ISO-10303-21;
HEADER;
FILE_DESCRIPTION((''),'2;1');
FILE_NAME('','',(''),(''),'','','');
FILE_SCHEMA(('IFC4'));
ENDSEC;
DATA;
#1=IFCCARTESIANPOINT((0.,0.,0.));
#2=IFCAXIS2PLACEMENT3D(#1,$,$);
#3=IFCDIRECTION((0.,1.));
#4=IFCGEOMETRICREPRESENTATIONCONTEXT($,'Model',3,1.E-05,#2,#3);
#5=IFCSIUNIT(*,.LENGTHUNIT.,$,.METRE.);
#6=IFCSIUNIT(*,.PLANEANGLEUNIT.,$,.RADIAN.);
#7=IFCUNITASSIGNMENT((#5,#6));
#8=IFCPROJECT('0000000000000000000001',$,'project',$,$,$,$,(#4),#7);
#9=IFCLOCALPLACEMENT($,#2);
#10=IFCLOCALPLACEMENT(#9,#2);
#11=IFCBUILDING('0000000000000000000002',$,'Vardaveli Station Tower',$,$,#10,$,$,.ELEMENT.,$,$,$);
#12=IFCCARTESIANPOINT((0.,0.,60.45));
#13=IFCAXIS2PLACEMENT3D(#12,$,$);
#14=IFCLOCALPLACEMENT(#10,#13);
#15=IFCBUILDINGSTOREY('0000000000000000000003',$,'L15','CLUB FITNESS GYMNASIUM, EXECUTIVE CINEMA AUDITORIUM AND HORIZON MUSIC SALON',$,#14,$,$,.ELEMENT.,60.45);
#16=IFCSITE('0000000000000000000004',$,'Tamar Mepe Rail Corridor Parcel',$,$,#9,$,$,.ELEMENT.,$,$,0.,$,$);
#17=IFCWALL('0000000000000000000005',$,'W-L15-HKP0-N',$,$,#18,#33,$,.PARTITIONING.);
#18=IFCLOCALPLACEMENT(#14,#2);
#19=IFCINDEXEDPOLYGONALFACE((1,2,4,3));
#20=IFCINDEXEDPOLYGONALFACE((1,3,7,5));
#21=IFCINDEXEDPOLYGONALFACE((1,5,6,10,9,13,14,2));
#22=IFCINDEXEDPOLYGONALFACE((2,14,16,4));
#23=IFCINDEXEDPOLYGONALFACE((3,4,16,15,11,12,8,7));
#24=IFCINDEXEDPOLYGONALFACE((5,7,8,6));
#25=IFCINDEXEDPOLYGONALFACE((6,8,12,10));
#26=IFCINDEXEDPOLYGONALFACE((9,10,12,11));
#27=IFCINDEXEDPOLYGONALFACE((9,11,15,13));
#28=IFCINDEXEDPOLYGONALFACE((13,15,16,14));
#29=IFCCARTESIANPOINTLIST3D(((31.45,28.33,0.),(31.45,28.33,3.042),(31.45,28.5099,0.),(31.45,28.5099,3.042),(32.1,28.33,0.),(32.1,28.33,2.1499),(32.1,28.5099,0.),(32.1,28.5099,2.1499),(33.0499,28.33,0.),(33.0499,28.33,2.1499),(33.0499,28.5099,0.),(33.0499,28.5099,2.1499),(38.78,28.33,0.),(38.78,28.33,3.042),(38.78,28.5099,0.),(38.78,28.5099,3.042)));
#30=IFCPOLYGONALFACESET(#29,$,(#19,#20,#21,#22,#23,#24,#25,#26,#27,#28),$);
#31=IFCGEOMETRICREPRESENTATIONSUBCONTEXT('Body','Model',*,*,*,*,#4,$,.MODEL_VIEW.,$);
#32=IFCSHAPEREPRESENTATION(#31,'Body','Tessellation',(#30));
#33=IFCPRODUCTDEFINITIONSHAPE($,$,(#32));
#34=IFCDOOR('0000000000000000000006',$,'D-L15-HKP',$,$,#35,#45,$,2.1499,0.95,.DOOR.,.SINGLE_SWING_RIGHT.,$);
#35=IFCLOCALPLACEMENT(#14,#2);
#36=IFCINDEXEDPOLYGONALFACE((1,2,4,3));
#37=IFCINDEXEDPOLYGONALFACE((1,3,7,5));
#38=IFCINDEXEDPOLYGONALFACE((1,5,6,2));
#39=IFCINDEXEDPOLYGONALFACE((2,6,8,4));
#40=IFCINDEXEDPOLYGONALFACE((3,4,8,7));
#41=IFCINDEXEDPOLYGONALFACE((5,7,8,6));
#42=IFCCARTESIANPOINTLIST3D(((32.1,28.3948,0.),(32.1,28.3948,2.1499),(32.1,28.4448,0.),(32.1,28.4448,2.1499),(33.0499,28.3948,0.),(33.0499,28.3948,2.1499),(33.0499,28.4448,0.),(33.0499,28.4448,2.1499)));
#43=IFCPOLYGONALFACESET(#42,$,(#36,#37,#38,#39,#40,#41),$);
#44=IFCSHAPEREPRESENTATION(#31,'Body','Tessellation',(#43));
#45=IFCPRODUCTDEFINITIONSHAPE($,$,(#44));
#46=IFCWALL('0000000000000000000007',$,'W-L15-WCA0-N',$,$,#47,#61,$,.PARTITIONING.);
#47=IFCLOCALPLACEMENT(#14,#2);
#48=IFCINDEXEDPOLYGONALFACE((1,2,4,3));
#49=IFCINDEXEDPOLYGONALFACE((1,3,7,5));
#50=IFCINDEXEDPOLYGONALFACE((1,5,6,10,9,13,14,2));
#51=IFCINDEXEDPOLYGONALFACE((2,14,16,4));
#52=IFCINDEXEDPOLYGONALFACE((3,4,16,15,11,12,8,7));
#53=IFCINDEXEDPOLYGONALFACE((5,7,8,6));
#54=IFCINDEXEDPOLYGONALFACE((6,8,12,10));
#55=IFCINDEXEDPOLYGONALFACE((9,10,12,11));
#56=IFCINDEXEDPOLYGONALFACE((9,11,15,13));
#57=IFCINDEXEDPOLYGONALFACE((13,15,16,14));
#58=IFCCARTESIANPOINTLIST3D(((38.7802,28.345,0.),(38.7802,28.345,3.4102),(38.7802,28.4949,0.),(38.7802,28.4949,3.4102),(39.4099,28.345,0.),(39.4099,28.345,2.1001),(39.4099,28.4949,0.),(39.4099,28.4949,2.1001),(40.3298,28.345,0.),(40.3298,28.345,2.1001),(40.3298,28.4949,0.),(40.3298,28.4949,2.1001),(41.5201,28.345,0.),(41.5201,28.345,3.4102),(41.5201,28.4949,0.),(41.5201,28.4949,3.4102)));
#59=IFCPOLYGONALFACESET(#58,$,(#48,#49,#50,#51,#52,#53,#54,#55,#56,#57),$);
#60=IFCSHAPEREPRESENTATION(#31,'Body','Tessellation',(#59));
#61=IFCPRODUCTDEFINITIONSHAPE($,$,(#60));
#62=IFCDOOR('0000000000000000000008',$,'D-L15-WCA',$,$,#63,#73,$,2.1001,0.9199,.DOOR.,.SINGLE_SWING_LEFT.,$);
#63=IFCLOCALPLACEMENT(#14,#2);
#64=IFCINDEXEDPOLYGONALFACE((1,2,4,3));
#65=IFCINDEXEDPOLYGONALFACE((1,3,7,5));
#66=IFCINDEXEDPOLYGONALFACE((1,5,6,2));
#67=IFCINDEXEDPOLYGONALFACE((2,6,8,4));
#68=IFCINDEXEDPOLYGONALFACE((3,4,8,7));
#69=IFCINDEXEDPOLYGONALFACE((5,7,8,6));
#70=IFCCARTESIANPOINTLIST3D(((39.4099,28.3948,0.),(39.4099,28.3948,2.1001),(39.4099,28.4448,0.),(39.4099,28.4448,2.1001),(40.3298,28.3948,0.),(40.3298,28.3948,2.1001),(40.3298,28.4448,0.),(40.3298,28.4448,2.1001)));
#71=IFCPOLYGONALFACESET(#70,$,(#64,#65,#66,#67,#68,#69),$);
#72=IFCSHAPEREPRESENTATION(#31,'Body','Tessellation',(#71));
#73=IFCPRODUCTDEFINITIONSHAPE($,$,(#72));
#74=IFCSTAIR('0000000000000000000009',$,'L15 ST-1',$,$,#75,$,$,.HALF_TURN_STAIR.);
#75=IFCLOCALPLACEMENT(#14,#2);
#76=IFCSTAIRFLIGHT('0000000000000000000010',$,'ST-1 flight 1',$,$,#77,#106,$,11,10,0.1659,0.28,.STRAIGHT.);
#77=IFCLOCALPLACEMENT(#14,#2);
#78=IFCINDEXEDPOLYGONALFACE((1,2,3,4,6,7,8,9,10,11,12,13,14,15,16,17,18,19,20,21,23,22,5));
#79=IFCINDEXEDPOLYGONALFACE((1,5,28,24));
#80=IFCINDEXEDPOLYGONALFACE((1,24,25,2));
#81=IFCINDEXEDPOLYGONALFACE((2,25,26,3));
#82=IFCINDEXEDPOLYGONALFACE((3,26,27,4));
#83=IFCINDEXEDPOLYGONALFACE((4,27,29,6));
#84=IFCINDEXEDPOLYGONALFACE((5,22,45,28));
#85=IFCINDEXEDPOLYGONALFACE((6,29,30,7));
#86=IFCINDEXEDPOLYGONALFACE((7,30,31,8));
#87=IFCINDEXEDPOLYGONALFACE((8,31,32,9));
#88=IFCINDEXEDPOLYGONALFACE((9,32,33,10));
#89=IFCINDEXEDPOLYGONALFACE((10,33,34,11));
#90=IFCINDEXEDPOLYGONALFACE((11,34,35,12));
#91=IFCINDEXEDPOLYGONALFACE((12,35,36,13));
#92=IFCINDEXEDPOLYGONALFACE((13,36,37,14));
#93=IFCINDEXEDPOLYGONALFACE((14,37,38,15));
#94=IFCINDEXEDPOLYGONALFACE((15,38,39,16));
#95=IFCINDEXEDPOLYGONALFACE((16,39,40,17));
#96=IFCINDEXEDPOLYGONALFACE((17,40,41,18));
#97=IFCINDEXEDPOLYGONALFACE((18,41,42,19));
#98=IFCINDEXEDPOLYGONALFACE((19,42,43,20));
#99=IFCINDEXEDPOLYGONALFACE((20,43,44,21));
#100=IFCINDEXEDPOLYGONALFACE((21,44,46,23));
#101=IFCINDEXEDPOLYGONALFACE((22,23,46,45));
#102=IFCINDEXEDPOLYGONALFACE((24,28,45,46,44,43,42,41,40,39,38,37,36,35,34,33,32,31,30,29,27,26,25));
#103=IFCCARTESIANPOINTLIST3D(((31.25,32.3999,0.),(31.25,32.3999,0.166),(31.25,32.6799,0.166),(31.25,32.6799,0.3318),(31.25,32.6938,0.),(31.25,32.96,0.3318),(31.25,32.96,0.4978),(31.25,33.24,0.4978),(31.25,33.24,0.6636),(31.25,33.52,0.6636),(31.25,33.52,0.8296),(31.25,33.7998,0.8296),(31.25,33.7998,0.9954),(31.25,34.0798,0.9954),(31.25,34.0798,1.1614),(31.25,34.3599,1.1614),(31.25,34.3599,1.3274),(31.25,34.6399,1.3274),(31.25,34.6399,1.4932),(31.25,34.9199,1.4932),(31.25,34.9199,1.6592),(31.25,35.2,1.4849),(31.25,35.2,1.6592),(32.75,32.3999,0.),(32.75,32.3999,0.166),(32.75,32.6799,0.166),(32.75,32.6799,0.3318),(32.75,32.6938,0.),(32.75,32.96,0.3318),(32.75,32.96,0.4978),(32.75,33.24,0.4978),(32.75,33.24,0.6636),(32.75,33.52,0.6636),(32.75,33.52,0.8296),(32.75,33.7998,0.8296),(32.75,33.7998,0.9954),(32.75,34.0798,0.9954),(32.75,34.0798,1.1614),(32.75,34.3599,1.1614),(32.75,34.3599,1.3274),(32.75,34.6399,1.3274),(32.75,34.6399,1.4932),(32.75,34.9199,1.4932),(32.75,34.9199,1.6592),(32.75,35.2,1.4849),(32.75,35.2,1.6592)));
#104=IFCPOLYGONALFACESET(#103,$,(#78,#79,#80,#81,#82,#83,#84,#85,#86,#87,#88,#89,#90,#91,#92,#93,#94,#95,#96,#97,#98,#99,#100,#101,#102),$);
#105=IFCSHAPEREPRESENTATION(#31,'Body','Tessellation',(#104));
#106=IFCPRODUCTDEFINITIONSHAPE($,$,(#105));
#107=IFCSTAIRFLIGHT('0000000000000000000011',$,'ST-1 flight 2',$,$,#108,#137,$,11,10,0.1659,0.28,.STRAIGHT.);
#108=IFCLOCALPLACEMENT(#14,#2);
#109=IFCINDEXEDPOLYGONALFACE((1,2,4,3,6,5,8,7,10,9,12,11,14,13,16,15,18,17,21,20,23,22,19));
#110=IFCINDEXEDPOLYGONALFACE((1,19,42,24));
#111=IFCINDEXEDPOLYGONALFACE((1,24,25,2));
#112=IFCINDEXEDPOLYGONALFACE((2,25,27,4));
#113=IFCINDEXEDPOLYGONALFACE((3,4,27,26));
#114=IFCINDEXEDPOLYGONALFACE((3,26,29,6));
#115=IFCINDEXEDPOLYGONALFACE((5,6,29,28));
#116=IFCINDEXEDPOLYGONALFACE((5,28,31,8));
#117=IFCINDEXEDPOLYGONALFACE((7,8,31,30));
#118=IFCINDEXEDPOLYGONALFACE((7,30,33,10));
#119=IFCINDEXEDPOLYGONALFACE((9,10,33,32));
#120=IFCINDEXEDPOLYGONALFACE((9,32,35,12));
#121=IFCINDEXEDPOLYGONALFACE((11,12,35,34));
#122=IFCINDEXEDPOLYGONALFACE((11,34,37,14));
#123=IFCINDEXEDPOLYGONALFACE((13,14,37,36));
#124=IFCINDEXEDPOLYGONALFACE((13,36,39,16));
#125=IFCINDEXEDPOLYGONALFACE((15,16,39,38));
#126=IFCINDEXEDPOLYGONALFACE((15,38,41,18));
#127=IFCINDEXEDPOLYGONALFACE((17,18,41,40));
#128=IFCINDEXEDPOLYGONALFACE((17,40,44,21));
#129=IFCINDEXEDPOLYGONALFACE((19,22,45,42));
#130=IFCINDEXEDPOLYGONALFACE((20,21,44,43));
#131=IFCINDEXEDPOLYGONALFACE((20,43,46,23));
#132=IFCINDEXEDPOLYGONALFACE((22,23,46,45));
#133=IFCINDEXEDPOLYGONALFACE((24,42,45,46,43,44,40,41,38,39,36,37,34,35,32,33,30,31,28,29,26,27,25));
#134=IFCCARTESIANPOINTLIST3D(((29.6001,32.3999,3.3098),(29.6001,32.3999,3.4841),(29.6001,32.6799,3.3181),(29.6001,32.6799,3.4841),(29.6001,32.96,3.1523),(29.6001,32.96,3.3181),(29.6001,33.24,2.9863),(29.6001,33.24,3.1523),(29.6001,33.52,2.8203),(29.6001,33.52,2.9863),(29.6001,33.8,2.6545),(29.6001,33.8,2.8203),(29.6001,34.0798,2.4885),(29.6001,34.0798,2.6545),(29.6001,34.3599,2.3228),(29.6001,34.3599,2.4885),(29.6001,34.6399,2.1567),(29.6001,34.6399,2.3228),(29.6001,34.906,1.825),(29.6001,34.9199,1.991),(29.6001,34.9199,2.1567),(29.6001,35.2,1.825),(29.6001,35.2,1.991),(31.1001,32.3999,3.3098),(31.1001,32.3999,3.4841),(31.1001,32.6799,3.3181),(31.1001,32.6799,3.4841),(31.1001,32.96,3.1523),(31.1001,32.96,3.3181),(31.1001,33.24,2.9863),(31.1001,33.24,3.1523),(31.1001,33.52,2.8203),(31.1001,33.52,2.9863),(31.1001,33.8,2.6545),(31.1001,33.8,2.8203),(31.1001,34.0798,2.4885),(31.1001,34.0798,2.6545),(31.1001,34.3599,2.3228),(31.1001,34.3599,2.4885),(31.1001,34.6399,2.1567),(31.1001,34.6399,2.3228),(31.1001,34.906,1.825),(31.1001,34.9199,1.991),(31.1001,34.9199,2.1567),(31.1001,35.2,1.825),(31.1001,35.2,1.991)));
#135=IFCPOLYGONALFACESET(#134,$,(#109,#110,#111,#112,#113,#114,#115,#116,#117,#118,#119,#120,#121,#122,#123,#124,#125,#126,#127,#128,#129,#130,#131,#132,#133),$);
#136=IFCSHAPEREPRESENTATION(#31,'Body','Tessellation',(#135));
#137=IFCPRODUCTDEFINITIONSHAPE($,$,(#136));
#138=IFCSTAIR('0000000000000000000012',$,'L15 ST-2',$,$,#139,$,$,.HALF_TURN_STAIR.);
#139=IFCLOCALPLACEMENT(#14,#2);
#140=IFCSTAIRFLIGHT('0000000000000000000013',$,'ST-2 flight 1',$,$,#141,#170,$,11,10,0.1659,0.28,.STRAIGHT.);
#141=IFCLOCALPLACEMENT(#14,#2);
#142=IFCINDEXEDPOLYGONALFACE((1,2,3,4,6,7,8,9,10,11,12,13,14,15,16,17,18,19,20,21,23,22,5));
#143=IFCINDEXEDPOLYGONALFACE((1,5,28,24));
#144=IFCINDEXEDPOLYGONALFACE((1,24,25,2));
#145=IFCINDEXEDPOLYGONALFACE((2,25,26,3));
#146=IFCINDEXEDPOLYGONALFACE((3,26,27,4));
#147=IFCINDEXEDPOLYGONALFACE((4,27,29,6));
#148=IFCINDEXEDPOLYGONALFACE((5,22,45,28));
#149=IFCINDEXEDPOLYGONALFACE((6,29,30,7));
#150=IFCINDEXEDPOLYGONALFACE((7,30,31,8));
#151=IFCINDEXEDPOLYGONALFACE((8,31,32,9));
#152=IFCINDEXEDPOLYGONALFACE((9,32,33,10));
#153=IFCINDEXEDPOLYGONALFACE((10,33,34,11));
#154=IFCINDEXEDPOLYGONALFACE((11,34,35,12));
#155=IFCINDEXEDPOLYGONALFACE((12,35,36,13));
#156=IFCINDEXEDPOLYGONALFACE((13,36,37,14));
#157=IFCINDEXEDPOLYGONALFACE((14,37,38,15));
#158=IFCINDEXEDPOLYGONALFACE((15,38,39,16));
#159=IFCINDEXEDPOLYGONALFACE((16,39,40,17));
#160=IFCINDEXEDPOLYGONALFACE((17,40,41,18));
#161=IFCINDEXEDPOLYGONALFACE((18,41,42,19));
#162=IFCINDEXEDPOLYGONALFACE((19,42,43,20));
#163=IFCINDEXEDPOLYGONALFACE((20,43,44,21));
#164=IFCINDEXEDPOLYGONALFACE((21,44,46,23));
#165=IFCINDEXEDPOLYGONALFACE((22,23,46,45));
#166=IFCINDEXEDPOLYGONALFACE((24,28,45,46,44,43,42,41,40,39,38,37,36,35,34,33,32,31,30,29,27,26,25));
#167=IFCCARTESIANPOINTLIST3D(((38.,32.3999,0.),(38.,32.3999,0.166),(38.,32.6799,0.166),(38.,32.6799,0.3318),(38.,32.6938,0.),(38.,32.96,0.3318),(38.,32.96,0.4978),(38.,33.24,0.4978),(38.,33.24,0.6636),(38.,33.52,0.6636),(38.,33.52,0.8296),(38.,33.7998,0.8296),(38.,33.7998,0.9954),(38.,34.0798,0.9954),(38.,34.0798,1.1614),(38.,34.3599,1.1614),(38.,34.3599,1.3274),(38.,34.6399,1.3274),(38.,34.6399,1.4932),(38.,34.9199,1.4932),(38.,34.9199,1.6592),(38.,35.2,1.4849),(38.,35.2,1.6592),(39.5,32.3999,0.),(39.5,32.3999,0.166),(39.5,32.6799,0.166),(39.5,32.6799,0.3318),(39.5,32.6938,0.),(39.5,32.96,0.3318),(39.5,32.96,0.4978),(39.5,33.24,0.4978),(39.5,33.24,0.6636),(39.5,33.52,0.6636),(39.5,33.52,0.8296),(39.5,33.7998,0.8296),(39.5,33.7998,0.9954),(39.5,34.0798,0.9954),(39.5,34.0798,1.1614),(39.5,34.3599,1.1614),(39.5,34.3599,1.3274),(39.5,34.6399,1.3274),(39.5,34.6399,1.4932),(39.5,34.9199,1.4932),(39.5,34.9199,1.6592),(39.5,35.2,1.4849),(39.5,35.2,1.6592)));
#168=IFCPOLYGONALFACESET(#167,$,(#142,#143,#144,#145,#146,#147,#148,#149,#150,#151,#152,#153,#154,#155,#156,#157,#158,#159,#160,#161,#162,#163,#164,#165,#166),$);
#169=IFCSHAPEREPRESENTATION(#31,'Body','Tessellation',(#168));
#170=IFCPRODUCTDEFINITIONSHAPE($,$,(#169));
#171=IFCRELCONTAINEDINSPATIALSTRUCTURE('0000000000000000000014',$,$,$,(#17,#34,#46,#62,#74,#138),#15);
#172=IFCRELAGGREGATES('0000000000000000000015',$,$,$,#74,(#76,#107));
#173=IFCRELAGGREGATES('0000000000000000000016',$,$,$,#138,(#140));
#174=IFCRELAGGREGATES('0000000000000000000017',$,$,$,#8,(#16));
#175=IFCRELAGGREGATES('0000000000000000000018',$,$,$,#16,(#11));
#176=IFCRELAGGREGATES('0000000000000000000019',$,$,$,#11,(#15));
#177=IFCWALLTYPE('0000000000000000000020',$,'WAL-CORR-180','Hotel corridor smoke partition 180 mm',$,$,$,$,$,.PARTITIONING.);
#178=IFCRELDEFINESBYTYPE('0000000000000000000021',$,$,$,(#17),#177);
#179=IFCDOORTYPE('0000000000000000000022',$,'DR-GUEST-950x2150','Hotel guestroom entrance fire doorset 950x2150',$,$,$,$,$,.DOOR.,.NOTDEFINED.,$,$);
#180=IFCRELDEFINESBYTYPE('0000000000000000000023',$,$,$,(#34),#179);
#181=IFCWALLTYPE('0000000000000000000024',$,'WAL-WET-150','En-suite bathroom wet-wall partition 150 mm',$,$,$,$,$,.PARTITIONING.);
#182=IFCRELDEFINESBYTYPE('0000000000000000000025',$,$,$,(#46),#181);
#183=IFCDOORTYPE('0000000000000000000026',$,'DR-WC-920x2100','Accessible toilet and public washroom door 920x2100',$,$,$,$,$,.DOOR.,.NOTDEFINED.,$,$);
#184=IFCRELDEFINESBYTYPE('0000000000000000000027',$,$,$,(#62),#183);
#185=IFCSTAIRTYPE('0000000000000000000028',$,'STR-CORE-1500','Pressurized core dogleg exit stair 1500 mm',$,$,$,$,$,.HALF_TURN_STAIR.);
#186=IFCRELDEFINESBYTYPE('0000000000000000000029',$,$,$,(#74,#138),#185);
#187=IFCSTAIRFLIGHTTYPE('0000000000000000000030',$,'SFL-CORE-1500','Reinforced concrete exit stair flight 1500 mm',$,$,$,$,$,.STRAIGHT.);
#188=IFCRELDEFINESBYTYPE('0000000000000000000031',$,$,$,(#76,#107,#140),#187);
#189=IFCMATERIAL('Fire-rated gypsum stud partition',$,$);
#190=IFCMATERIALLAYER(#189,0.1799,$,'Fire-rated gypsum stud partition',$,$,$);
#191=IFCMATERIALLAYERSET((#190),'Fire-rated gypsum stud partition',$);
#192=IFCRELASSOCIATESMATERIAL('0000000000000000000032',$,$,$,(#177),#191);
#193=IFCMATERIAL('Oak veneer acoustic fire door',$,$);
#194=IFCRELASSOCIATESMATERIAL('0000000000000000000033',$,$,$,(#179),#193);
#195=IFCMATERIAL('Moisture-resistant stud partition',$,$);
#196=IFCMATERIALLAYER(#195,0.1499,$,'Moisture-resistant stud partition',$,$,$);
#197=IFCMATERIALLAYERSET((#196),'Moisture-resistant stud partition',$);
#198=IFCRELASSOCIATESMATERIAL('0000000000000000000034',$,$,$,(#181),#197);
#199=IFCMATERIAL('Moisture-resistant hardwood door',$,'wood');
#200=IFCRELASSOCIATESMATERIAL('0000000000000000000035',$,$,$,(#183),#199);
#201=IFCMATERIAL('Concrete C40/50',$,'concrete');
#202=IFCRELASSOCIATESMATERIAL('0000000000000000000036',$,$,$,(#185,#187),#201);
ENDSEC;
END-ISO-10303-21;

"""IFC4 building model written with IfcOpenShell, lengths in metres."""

from ifc_helpers import new_model, si_unit, direction, frame, frame_2d, origin, place, context, subcontext, project, spatial, polyline, rectangle, outline, extrude, source, transform, mapped, material, layer, layer_set, type_object, element, fill, aggregate, save


model = new_model("IFC4")

# Units and contexts
model_context = context("Model", 3, precision=1e-05, world=origin(), true_north=direction((0.0, 1.0)))
body_context = subcontext(model_context, "Body", "Model", "MODEL_VIEW")
ifc_project = project(units=[si_unit("LENGTHUNIT", "METRE"), si_unit("PLANEANGLEUNIT", "RADIAN")], contexts=[model_context])

# Site, building, storey
site_placement = place(None, origin())
site = spatial("IfcSite", under=ifc_project, at=site_placement, Name="Tamar Mepe Rail Corridor Parcel", CompositionType="ELEMENT", RefElevation=0.0)
building_placement = place(site_placement, origin())
building = spatial("IfcBuilding", under=site, at=building_placement, Name="Vardaveli Station Tower", CompositionType="ELEMENT")
storey_placement = place(building_placement, frame((0.0, 0.0, 60.45)))
storey = spatial("IfcBuildingStorey", under=building, at=storey_placement, Name="L15", Description="CLUB FITNESS GYMNASIUM, EXECUTIVE CINEMA AUDITORIUM AND HORIZON MUSIC SALON", CompositionType="ELEMENT", Elevation=60.45)

# Shared definitions
ifc_material_1 = material(Name="Concrete C40/50", Category="concrete")

# Walls, openings, doors
ifc_material_2 = material(Name="Fire-rated gypsum stud partition")
ifc_layer_1 = layer(ifc_material_2, 0.1799, Name="Fire-rated gypsum stud partition")
ifc_layer_set_1 = layer_set([ifc_layer_1], Name="Fire-rated gypsum stud partition")
wall_type_1 = type_object("IfcWallType", Name="WAL-CORR-180", Description="Hotel corridor smoke partition 180 mm", PredefinedType="PARTITIONING", material=ifc_layer_set_1)
shared_shape_1 = source(origin(), body_context, "Body", "SweptSolid", [
    extrude(rectangle(XDim=7.3301, YDim=0.1799, at=frame_2d((3.665, 0.0))), origin(), (0.0, 0.0, 1.0), 3.042),
])
wall_1_placement = place(storey_placement, frame((31.45, 28.4199, 0.0), z_axis=(0.0, 0.0, 1.0), x_axis=(1.0, 0.0, 0.0)))
wall_1 = element("IfcWall", 1, at=wall_1_placement, inside=storey, type_object=wall_type_1, Name="W-L15-HKP0-N", PredefinedType="PARTITIONING", context=body_context, shape_type="MappedRepresentation", body=[
    mapped(shared_shape_1, transform((0.0, 0.0, 0.0), scale=1.0)),
])
shared_shape_2 = source(origin(), body_context, "Body", "SweptSolid", [
    extrude(rectangle(XDim=0.95, YDim=2.1499, at=frame_2d((0.4751, 1.075))), frame((0.0, 0.1001, 0.0), z_axis=(0.0, -1.0, 0.0), x_axis=(1.0, 0.0, 0.0)), (0.0, 0.0, 1.0), 0.2),
])
opening_1_placement = place(wall_1_placement, frame((0.6499, 0.0, 0.0)))
opening_1 = element("IfcOpeningElement", 2, at=opening_1_placement, cuts=wall_1, PredefinedType="OPENING", context=body_context, shape_type="MappedRepresentation", body=[
    mapped(shared_shape_2, transform((0.0, 0.0, 0.0), scale=1.0)),
])
ifc_material_3 = material(Name="Oak veneer acoustic fire door")
door_type_1 = type_object("IfcDoorType", Name="DR-GUEST-950x2150", Description="Hotel guestroom entrance fire doorset 950x2150", OperationType="NOTDEFINED", PredefinedType="DOOR", material=ifc_material_3)
shared_shape_3 = source(origin(), body_context, "Body", "SweptSolid", [
    extrude(rectangle(XDim=0.95, YDim=2.1499, at=frame_2d((0.4751, 1.075))), frame((0.0, 0.0249, 0.0), z_axis=(0.0, -1.0, 0.0), x_axis=(1.0, 0.0, 0.0)), (0.0, 0.0, 1.0), 0.05),
])
door_1_placement = place(opening_1_placement, origin())
door_1 = element("IfcDoor", 3, at=door_1_placement, inside=storey, type_object=door_type_1, Name="D-L15-HKP", OperationType="SINGLE_SWING_RIGHT", OverallHeight=2.1499, OverallWidth=0.95, PredefinedType="DOOR", context=body_context, shape_type="MappedRepresentation", body=[
    mapped(shared_shape_3, transform((0.0, 0.0, 0.0), scale=1.0)),
])
fill(opening_1, door_1)
ifc_material_4 = material(Name="Moisture-resistant stud partition")
ifc_layer_2 = layer(ifc_material_4, 0.1499, Name="Moisture-resistant stud partition")
ifc_layer_set_2 = layer_set([ifc_layer_2], Name="Moisture-resistant stud partition")
wall_type_2 = type_object("IfcWallType", Name="WAL-WET-150", Description="En-suite bathroom wet-wall partition 150 mm", PredefinedType="PARTITIONING", material=ifc_layer_set_2)
shared_shape_4 = source(origin(), body_context, "Body", "SweptSolid", [
    extrude(rectangle(XDim=2.74, YDim=0.1499, at=frame_2d((1.3701, 0.0))), origin(), (0.0, 0.0, 1.0), 3.4102),
])
wall_2_placement = place(storey_placement, frame((38.78, 28.4199, 0.0), z_axis=(0.0, 0.0, 1.0), x_axis=(1.0, 0.0, 0.0)))
wall_2 = element("IfcWall", 4, at=wall_2_placement, inside=storey, type_object=wall_type_2, Name="W-L15-WCA0-N", PredefinedType="PARTITIONING", context=body_context, shape_type="MappedRepresentation", body=[
    mapped(shared_shape_4, transform((0.0, 0.0, 0.0), scale=1.0)),
])
shared_shape_5 = source(origin(), body_context, "Body", "SweptSolid", [
    extrude(rectangle(XDim=0.9199, YDim=2.1001, at=frame_2d((0.46, 1.05))), frame((0.0, 0.085, 0.0), z_axis=(0.0, -1.0, 0.0), x_axis=(1.0, 0.0, 0.0)), (0.0, 0.0, 1.0), 0.1699),
])
opening_2_placement = place(wall_2_placement, frame((0.6299, 0.0, 0.0)))
opening_2 = element("IfcOpeningElement", 5, at=opening_2_placement, cuts=wall_2, PredefinedType="OPENING", context=body_context, shape_type="MappedRepresentation", body=[
    mapped(shared_shape_5, transform((0.0, 0.0, 0.0), scale=1.0)),
])
ifc_material_5 = material(Name="Moisture-resistant hardwood door", Category="wood")
door_type_2 = type_object("IfcDoorType", Name="DR-WC-920x2100", Description="Accessible toilet and public washroom door 920x2100", OperationType="NOTDEFINED", PredefinedType="DOOR", material=ifc_material_5)
shared_shape_6 = source(origin(), body_context, "Body", "SweptSolid", [
    extrude(rectangle(XDim=0.9199, YDim=2.1001, at=frame_2d((0.46, 1.05))), frame((0.0, 0.0249, 0.0), z_axis=(0.0, -1.0, 0.0), x_axis=(1.0, 0.0, 0.0)), (0.0, 0.0, 1.0), 0.05),
])
door_2_placement = place(opening_2_placement, origin())
door_2 = element("IfcDoor", 6, at=door_2_placement, inside=storey, type_object=door_type_2, Name="D-L15-WCA", OperationType="SINGLE_SWING_LEFT", OverallHeight=2.1001, OverallWidth=0.9199, PredefinedType="DOOR", context=body_context, shape_type="MappedRepresentation", body=[
    mapped(shared_shape_6, transform((0.0, 0.0, 0.0), scale=1.0)),
])
fill(opening_2, door_2)

# Stair, stair flights
stair_type = type_object("IfcStairType", Name="STR-CORE-1500", Description="Pressurized core dogleg exit stair 1500 mm", PredefinedType="HALF_TURN_STAIR", material=ifc_material_1)
stair_1_placement = place(storey_placement, origin())
stair_1 = element("IfcStair", 7, at=stair_1_placement, inside=storey, type_object=stair_type, Name="L15 ST-1", PredefinedType="HALF_TURN_STAIR")
stair_flight_type = type_object("IfcStairFlightType", Name="SFL-CORE-1500", Description="Reinforced concrete exit stair flight 1500 mm", PredefinedType="STRAIGHT", material=ifc_material_1)
shared_shape_7 = source(origin(), body_context, "Body", "SweptSolid", [
    extrude(outline(polyline([(0.0, 0.0), (0.0, 0.166), (0.28, 0.166), (0.28, 0.3318), (0.5601, 0.3318), (0.5601, 0.4978), (0.8401, 0.4978), (0.8401, 0.6636), (1.1201, 0.6636), (1.1201, 0.8296), (1.3999, 0.8296), (1.3999, 0.9954), (1.6799, 0.9954), (1.6799, 1.1614), (1.96, 1.1614), (1.96, 1.3274), (2.24, 1.3274), (2.24, 1.4932), (2.52, 1.4932), (2.52, 1.6592), (2.8, 1.6592), (2.8, 1.825), (2.8, 1.4849), (0.2939, 0.0), (0.0, 0.0)])), frame((0.0, 0.75, 0.0), z_axis=(0.0, -1.0, 0.0), x_axis=(1.0, 0.0, 0.0)), (0.0, 0.0, 1.0), 1.5),
])
stair_flight_1_placement = place(storey_placement, frame((32.0, 32.3999, 0.0), z_axis=(0.0, 0.0, 1.0), x_axis=(0.0, 1.0, 0.0)))
stair_flight_1 = element("IfcStairFlight", 8, at=stair_flight_1_placement, type_object=stair_flight_type, Name="ST-1 flight 1", NumberOfRisers=11, NumberOfTreads=10, PredefinedType="STRAIGHT", RiserHeight=0.1659, TreadLength=0.28, context=body_context, shape_type="MappedRepresentation", body=[
    mapped(shared_shape_7, transform((0.0, 0.0, 0.0), scale=1.0)),
])
stair_flight_2_placement = place(storey_placement, frame((30.3501, 35.2, 1.825), z_axis=(0.0, 0.0, 1.0), x_axis=(0.0, -1.0, 0.0)))
stair_flight_2 = element("IfcStairFlight", 9, at=stair_flight_2_placement, type_object=stair_flight_type, Name="ST-1 flight 2", NumberOfRisers=11, NumberOfTreads=10, PredefinedType="STRAIGHT", RiserHeight=0.1659, TreadLength=0.28, context=body_context, shape_type="MappedRepresentation", body=[
    mapped(shared_shape_7, transform((0.0, 0.0, 0.0), scale=1.0)),
])
aggregate(stair_1, [stair_flight_1, stair_flight_2])

# Stair, stair flight
stair_2_placement = place(storey_placement, origin())
stair_2 = element("IfcStair", 10, at=stair_2_placement, inside=storey, type_object=stair_type, Name="L15 ST-2", PredefinedType="HALF_TURN_STAIR")
stair_flight_3_placement = place(storey_placement, frame((38.75, 32.3999, 0.0), z_axis=(0.0, 0.0, 1.0), x_axis=(0.0, 1.0, 0.0)))
stair_flight_3 = element("IfcStairFlight", 11, at=stair_flight_3_placement, type_object=stair_flight_type, Name="ST-2 flight 1", NumberOfRisers=11, NumberOfTreads=10, PredefinedType="STRAIGHT", RiserHeight=0.1659, TreadLength=0.28, context=body_context, shape_type="MappedRepresentation", body=[
    mapped(shared_shape_7, transform((0.0, 0.0, 0.0), scale=1.0)),
])
aggregate(stair_2, [stair_flight_3])

save(model, "model.ifc")
